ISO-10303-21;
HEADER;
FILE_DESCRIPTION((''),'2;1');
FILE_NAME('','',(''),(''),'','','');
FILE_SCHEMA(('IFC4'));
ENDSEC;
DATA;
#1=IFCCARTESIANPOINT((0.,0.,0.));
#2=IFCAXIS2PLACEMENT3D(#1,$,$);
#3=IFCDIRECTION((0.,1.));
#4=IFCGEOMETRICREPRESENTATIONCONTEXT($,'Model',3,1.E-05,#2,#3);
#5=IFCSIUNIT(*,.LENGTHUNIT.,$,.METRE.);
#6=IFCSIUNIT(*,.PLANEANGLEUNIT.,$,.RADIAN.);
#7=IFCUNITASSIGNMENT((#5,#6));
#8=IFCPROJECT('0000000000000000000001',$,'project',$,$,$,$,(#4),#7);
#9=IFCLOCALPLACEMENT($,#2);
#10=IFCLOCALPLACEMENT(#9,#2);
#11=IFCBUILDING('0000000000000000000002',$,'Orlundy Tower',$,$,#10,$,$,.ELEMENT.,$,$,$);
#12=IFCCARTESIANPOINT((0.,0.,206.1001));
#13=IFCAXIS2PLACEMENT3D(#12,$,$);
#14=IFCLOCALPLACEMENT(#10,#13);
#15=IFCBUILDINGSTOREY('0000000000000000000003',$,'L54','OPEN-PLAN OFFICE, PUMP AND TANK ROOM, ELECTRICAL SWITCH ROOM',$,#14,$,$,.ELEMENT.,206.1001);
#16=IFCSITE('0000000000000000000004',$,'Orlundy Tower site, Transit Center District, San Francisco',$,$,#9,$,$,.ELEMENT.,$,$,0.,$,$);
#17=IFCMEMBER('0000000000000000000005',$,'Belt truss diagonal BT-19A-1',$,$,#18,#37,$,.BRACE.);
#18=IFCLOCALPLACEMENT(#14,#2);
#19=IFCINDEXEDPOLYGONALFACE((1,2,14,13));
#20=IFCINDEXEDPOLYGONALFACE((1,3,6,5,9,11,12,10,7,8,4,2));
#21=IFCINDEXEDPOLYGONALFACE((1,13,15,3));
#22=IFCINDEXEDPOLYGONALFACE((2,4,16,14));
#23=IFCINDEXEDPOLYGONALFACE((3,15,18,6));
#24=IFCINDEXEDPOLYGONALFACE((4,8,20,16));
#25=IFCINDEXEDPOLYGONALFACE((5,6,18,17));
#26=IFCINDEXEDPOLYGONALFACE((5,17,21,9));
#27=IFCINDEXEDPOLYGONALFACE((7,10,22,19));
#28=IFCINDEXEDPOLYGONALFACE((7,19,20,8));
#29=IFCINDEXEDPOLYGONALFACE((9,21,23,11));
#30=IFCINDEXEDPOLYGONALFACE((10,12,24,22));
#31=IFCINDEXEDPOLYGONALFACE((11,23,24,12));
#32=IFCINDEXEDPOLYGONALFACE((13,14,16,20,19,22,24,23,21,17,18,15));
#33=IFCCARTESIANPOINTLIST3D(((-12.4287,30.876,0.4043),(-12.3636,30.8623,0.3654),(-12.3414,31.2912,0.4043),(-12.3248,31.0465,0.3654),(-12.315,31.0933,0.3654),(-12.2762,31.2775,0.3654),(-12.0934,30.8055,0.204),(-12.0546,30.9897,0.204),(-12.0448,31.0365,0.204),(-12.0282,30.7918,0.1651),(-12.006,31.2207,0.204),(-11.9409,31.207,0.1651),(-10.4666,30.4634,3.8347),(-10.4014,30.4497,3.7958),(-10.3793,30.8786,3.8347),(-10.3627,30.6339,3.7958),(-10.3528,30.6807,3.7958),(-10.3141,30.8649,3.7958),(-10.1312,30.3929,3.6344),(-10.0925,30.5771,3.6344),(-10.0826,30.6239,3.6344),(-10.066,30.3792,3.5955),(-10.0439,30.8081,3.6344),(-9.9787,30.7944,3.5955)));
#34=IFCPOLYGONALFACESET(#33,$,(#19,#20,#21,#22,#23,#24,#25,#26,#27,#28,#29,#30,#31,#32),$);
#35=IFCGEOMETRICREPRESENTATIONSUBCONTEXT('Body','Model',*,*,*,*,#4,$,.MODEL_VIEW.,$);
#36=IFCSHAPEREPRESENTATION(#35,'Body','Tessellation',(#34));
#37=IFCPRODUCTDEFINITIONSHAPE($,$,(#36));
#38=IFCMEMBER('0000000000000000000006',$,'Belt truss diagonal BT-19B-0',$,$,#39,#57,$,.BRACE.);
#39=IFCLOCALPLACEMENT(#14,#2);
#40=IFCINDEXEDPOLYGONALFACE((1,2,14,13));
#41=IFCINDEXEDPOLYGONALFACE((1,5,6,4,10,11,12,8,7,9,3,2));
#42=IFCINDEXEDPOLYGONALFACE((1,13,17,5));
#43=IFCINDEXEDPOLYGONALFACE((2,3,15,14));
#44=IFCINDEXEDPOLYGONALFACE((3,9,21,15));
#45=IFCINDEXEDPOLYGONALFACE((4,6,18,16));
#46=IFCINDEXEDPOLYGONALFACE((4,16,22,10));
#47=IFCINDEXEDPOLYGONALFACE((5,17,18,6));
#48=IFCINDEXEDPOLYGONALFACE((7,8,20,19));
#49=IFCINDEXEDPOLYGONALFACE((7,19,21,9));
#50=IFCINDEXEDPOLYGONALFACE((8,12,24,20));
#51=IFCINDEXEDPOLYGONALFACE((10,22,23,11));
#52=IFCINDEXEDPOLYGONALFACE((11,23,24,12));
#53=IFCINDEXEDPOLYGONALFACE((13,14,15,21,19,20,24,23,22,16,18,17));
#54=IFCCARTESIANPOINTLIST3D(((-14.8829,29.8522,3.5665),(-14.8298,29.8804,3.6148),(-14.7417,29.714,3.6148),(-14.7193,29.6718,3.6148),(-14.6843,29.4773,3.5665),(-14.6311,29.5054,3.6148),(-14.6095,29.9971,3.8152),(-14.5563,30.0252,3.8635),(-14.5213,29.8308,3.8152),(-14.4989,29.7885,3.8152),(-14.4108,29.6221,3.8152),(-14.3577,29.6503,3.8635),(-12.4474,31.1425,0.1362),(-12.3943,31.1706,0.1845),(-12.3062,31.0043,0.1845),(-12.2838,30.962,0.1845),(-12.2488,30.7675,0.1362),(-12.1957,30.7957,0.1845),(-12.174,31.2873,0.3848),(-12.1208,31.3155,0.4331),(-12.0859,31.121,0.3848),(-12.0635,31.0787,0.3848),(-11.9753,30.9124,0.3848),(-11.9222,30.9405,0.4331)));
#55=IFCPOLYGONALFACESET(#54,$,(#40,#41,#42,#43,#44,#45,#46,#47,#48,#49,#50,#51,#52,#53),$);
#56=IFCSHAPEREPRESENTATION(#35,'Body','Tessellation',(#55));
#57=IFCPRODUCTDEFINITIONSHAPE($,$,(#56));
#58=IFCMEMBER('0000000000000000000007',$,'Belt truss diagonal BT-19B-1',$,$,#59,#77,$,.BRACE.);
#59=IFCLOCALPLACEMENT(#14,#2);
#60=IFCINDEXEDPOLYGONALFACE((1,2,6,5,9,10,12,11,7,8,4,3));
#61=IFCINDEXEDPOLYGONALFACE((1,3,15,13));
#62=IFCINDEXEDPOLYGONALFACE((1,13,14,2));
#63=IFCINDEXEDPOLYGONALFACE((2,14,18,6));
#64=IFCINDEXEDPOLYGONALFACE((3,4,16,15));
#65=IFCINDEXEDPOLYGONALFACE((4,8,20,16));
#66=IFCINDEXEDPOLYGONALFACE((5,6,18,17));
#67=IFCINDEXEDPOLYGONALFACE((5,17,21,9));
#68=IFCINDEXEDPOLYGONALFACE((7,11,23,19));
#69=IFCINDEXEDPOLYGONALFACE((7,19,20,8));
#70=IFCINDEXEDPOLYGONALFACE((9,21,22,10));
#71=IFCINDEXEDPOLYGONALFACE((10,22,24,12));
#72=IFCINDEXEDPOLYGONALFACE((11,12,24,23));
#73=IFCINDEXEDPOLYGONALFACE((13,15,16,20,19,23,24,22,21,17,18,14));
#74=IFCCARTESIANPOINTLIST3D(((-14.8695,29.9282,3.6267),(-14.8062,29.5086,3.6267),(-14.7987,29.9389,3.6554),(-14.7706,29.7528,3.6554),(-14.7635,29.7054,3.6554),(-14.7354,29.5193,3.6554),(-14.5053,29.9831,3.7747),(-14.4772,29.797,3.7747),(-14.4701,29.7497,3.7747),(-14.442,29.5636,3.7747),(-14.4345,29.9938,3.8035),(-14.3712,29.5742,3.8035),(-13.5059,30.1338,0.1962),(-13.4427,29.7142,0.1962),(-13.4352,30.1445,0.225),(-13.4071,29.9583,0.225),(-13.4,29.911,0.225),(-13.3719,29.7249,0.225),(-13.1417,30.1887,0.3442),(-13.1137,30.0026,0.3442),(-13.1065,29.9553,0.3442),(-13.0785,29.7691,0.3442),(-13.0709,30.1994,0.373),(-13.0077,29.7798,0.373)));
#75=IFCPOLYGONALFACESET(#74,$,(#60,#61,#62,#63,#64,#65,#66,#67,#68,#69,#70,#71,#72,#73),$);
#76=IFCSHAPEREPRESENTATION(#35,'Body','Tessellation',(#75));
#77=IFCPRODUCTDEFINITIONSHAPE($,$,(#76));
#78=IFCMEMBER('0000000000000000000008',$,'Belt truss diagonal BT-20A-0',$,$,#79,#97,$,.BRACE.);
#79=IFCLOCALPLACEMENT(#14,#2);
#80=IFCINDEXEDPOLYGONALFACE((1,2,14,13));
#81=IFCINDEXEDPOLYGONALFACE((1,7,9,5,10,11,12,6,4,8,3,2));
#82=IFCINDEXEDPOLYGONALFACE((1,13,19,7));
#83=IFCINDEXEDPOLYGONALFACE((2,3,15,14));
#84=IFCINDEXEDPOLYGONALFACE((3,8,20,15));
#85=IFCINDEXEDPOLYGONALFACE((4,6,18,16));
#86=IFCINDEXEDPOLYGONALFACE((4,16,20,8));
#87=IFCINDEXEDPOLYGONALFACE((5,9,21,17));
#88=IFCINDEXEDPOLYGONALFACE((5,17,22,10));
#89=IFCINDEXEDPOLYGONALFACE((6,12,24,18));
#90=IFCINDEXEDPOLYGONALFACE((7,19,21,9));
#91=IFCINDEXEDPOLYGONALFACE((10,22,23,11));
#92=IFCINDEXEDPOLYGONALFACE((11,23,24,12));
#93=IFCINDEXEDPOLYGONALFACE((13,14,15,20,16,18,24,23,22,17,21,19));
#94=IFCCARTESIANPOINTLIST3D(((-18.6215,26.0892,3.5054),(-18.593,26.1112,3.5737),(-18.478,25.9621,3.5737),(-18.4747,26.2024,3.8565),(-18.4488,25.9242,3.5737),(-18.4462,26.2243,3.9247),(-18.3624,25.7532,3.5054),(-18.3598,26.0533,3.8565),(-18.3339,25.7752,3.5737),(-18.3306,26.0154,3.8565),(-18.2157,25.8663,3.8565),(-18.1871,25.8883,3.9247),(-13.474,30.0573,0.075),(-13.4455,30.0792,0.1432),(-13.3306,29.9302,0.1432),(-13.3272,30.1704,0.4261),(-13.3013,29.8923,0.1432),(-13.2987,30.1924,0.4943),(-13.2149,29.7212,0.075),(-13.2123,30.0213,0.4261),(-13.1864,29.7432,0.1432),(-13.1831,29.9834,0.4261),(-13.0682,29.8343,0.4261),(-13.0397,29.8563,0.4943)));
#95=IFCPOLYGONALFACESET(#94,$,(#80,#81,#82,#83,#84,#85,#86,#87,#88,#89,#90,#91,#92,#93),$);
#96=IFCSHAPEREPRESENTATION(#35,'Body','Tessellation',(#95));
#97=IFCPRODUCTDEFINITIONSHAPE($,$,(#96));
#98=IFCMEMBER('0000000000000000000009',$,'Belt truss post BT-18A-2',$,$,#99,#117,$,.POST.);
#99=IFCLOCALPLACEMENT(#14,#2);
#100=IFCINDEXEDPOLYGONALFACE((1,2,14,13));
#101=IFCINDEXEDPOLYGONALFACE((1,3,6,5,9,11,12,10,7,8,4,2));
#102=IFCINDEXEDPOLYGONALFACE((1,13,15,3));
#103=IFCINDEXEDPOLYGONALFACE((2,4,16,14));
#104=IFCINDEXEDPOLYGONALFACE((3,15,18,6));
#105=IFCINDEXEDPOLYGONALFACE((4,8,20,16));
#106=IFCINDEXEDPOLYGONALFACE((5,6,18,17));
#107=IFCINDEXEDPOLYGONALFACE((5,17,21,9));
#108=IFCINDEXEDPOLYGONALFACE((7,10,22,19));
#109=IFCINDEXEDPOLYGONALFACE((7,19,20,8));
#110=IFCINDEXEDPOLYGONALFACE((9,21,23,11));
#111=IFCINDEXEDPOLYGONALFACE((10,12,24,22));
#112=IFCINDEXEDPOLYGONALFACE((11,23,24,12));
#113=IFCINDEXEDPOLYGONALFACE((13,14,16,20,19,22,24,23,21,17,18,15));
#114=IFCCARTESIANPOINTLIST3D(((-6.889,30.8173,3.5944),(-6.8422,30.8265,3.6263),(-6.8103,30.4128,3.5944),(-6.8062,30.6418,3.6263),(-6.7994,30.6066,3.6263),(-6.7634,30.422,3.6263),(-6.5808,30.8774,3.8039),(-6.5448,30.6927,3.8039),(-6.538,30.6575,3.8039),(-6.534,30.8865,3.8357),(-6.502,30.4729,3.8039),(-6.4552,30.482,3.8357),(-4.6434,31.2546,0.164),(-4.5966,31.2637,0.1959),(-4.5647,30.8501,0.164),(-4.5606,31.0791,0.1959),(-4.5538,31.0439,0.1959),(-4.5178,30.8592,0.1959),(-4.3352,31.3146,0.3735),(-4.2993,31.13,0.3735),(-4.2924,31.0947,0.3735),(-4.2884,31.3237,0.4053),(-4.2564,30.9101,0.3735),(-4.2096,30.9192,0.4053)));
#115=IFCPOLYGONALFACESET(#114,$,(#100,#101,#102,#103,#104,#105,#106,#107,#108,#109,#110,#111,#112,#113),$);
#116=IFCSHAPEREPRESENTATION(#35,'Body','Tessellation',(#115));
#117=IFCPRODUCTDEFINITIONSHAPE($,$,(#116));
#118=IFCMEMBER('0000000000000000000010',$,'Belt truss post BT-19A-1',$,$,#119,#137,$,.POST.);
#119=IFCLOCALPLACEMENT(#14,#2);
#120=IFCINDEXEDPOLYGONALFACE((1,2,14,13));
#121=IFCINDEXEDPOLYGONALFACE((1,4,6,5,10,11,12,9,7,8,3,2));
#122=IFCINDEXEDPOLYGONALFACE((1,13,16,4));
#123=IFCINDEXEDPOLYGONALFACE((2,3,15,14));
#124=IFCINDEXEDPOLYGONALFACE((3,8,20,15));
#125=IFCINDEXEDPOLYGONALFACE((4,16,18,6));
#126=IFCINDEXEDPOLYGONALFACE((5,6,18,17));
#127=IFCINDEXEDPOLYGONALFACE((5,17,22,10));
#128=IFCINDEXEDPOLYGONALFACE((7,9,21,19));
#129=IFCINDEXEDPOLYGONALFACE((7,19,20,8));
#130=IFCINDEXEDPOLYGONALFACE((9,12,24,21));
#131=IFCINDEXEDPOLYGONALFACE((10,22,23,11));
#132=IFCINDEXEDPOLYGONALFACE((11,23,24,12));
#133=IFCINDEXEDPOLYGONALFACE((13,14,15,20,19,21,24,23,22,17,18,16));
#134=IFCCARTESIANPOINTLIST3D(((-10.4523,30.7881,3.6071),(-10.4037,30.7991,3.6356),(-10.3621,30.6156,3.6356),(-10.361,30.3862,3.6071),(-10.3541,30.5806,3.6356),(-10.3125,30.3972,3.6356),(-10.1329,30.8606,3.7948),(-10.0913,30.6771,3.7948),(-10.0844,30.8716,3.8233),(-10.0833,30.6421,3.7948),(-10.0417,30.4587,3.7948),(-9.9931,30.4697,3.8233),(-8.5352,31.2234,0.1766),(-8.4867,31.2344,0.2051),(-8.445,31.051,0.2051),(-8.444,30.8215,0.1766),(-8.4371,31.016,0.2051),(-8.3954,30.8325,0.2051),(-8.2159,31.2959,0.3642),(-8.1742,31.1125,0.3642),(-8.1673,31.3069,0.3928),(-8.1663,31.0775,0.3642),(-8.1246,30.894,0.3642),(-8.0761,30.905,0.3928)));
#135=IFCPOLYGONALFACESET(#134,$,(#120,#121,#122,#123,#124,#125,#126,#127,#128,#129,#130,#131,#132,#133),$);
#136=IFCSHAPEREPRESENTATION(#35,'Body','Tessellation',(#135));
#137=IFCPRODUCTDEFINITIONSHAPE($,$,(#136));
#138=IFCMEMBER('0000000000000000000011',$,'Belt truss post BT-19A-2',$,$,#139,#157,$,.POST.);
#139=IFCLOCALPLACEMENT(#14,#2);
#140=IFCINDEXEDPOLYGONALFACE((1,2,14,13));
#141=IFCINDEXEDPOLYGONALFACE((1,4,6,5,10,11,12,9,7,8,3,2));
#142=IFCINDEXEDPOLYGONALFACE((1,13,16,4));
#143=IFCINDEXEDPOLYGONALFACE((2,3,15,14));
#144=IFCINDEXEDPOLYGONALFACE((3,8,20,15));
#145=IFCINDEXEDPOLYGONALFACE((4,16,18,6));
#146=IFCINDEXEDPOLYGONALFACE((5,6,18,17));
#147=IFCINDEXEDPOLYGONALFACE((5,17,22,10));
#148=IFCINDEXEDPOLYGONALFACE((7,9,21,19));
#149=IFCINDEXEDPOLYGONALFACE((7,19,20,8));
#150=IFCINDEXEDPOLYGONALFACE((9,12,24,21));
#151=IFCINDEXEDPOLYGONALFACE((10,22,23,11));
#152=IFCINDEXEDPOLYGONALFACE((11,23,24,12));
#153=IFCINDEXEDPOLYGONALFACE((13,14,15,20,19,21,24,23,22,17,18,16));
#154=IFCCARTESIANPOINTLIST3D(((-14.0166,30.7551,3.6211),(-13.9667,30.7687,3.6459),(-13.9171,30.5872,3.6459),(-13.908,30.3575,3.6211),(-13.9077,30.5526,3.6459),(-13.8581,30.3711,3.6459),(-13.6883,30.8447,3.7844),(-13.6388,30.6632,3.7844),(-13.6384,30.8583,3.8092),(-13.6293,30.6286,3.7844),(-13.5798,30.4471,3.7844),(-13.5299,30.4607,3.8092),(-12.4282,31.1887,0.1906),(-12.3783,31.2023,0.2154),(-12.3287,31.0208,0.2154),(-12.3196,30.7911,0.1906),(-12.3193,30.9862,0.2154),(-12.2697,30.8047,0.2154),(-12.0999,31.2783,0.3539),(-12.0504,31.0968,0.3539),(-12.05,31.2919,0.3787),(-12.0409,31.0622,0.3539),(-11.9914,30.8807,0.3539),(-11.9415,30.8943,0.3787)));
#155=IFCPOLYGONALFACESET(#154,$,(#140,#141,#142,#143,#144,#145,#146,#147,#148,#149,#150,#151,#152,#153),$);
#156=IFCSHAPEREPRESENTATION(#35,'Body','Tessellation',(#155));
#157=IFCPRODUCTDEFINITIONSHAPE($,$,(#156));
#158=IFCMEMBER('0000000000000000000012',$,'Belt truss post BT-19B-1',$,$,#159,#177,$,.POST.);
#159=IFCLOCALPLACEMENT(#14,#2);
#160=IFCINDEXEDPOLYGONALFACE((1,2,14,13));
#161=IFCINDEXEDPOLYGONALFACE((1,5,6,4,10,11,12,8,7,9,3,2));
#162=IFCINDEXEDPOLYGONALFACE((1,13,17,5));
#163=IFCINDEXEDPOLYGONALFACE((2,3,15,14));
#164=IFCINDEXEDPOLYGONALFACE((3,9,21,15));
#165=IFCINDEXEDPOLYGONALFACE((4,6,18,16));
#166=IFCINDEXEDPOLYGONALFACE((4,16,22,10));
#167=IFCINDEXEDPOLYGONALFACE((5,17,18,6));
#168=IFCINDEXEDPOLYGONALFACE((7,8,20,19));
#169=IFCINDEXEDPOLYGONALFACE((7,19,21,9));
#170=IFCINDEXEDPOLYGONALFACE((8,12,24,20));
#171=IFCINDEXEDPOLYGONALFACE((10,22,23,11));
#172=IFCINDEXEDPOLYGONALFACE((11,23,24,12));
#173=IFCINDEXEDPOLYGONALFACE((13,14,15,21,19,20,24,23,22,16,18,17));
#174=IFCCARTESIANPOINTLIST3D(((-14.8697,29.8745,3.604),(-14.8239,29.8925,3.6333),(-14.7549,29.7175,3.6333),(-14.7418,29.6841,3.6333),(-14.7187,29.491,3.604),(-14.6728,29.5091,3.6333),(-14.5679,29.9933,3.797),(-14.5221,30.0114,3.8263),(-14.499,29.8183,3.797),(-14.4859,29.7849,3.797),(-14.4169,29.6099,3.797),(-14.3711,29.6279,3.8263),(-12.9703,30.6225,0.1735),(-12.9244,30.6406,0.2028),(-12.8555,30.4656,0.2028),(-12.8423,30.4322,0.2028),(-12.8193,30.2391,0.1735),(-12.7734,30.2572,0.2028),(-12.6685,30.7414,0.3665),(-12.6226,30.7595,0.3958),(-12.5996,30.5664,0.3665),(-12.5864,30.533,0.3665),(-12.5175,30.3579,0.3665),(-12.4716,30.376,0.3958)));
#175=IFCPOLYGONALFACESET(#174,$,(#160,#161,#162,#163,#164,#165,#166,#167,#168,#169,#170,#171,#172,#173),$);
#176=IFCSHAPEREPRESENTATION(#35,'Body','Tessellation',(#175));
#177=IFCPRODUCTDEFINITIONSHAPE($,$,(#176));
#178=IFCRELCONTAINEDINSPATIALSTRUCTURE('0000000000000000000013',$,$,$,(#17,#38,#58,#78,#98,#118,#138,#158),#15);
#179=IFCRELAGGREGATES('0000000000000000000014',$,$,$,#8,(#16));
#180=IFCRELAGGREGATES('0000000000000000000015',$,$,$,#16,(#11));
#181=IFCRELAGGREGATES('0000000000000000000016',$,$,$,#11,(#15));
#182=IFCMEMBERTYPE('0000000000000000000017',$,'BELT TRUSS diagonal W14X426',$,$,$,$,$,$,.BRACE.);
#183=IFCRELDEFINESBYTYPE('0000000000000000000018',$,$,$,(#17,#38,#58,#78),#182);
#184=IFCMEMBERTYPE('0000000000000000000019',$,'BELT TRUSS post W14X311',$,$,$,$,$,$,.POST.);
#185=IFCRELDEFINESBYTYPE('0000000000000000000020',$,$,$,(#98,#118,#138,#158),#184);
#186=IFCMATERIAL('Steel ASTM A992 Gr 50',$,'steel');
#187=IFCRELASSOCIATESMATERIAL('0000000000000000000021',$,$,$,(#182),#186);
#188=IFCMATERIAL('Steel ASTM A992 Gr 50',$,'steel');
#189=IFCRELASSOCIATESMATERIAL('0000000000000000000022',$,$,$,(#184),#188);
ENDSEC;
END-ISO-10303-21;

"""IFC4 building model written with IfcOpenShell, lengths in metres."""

from ifc_helpers import new_model, si_unit, direction, frame, origin, origin_2d, place, context, subcontext, project, spatial, i_section, extrude, material, material_profile, profile_set, type_object, element, save


model = new_model("IFC4")

# Units and contexts
model_context = context("Model", 3, precision=1e-05, world=origin(), true_north=direction((0.0, 1.0)))
body_context = subcontext(model_context, "Body", "Model", "MODEL_VIEW")
ifc_project = project(units=[si_unit("LENGTHUNIT", "METRE"), si_unit("PLANEANGLEUNIT", "RADIAN")], contexts=[model_context])

# Site, building, storey
site_placement = place(None, origin())
site = spatial("IfcSite", under=ifc_project, at=site_placement, Name="Orlundy Tower site, Transit Center District, San Francisco", CompositionType="ELEMENT", RefElevation=0.0)
building_placement = place(site_placement, origin())
building = spatial("IfcBuilding", under=site, at=building_placement, Name="Orlundy Tower", CompositionType="ELEMENT")
storey_placement = place(building_placement, frame((0.0, 0.0, 206.1001)))
storey = spatial("IfcBuildingStorey", under=building, at=storey_placement, Name="L54", Description="OPEN-PLAN OFFICE, PUMP AND TANK ROOM, ELECTRICAL SWITCH ROOM", CompositionType="ELEMENT", Elevation=206.1001)

# Members
ifc_material_1 = material(Name="Steel ASTM A992 Gr 50", Category="steel")
ifc_material_profile_1 = material_profile(ifc_material_1, i_section(OverallWidth=0.4243, OverallDepth=0.4741, WebThickness=0.0479, FlangeThickness=0.0771, at=origin_2d()), Name="W14X426")
ifc_profile_set_1 = profile_set([ifc_material_profile_1], Name="Steel ASTM A992 Gr 50")
member_type_1 = type_object("IfcMemberType", Name="BELT TRUSS diagonal W14X426", PredefinedType="BRACE", material=ifc_profile_set_1)
member_1_placement = place(storey_placement, frame((-10.2227, 30.6289, 3.7151), z_axis=(-0.493821, 0.103839, -0.863341), x_axis=(-0.205777, -0.978599, 0.0)))
element("IfcMember", 1, at=member_1_placement, inside=storey, type_object=member_type_1, Name="Belt truss diagonal BT-19A-1", PredefinedType="BRACE", context=body_context, shape_type="SweptSolid", body=[
    extrude(i_section(OverallWidth=0.4243, OverallDepth=0.4741, WebThickness=0.0479, FlangeThickness=0.0771, at=origin_2d()), origin(), (0.0, 0.0, 1.0), 3.9734),
])
member_2_placement = place(storey_placement, frame((-12.1848, 31.0415, 0.2847), z_axis=(-0.553469, -0.293212, 0.77955), x_axis=(0.468136, -0.883656, 0.0)))
element("IfcMember", 2, at=member_2_placement, inside=storey, type_object=member_type_1, Name="Belt truss diagonal BT-19B-0", PredefinedType="BRACE", context=body_context, shape_type="SweptSolid", body=[
    extrude(i_section(OverallWidth=0.4243, OverallDepth=0.4741, WebThickness=0.0479, FlangeThickness=0.0771, at=origin_2d()), origin(), (0.0, 0.0, 1.0), 4.4004),
])
member_3_placement = place(storey_placement, frame((-14.6204, 29.7512, 3.7151), z_axis=(0.3688, 0.055601, -0.927844), x_axis=(-0.149076, 0.988826, 0.0)))
element("IfcMember", 3, at=member_3_placement, inside=storey, type_object=member_type_1, Name="Belt truss diagonal BT-19B-1", PredefinedType="BRACE", context=body_context, shape_type="SweptSolid", body=[
    extrude(i_section(OverallWidth=0.4243, OverallDepth=0.4741, WebThickness=0.0479, FlangeThickness=0.0771, at=origin_2d()), origin(), (0.0, 0.0, 1.0), 3.6973),
])
member_4_placement = place(storey_placement, frame((-13.2568, 29.9568, 0.2847), z_axis=(-0.70042, -0.539932, 0.466781), x_axis=(0.610526, -0.791997, 0.0)))
element("IfcMember", 4, at=member_4_placement, inside=storey, type_object=member_type_1, Name="Belt truss diagonal BT-20A-0", PredefinedType="BRACE", context=body_context, shape_type="SweptSolid", body=[
    extrude(i_section(OverallWidth=0.4243, OverallDepth=0.4741, WebThickness=0.0479, FlangeThickness=0.0771, at=origin_2d()), origin(), (0.0, 0.0, 1.0), 7.3491),
])
ifc_material_2 = material(Name="Steel ASTM A992 Gr 50", Category="steel")
ifc_material_profile_2 = material_profile(ifc_material_2, i_section(OverallWidth=0.4121, OverallDepth=0.4348, WebThickness=0.0359, FlangeThickness=0.0574, at=origin_2d()), Name="W14X311")
ifc_profile_set_2 = profile_set([ifc_material_profile_2], Name="Steel ASTM A992 Gr 50")
member_type_2 = type_object("IfcMemberType", Name="BELT TRUSS post W14X311", PredefinedType="POST", material=ifc_profile_set_2)
member_5_placement = place(storey_placement, frame((-4.4265, 31.0869, 0.2847), z_axis=(-0.544612, -0.106045, 0.831957), x_axis=(0.191127, -0.981565, 0.0)))
element("IfcMember", 5, at=member_5_placement, inside=storey, type_object=member_type_2, Name="Belt truss post BT-18A-2", PredefinedType="POST", context=body_context, shape_type="SweptSolid", body=[
    extrude(i_section(OverallWidth=0.4121, OverallDepth=0.4348, WebThickness=0.0359, FlangeThickness=0.0574, at=origin_2d()), origin(), (0.0, 0.0, 1.0), 4.1233),
])
member_6_placement = place(storey_placement, frame((-8.3057, 31.0642, 0.2847), z_axis=(-0.484854, -0.110099, 0.867637), x_axis=(0.221439, -0.975174, 0.0)))
element("IfcMember", 6, at=member_6_placement, inside=storey, type_object=member_type_2, Name="Belt truss post BT-19A-1", PredefinedType="POST", context=body_context, shape_type="SweptSolid", body=[
    extrude(i_section(OverallWidth=0.4121, OverallDepth=0.4348, WebThickness=0.0359, FlangeThickness=0.0574, at=origin_2d()), origin(), (0.0, 0.0, 1.0), 3.9539),
])
member_7_placement = place(storey_placement, frame((-12.1848, 31.0415, 0.2847), z_axis=(-0.417435, -0.113951, 0.901534), x_axis=(0.263343, -0.964702, 0.0)))
element("IfcMember", 7, at=member_7_placement, inside=storey, type_object=member_type_2, Name="Belt truss post BT-19A-2", PredefinedType="POST", context=body_context, shape_type="SweptSolid", body=[
    extrude(i_section(OverallWidth=0.4121, OverallDepth=0.4348, WebThickness=0.0359, FlangeThickness=0.0574, at=origin_2d()), origin(), (0.0, 0.0, 1.0), 3.8052),
])
member_8_placement = place(storey_placement, frame((-12.7209, 30.4993, 0.2847), z_axis=(-0.475819, -0.187392, 0.859349), x_axis=(0.366437, -0.930443, 0.0)))
element("IfcMember", 8, at=member_8_placement, inside=storey, type_object=member_type_2, Name="Belt truss post BT-19B-1", PredefinedType="POST", context=body_context, shape_type="SweptSolid", body=[
    extrude(i_section(OverallWidth=0.4121, OverallDepth=0.4348, WebThickness=0.0359, FlangeThickness=0.0574, at=origin_2d()), origin(), (0.0, 0.0, 1.0), 3.9919),
])

save(model, "model.ifc")
